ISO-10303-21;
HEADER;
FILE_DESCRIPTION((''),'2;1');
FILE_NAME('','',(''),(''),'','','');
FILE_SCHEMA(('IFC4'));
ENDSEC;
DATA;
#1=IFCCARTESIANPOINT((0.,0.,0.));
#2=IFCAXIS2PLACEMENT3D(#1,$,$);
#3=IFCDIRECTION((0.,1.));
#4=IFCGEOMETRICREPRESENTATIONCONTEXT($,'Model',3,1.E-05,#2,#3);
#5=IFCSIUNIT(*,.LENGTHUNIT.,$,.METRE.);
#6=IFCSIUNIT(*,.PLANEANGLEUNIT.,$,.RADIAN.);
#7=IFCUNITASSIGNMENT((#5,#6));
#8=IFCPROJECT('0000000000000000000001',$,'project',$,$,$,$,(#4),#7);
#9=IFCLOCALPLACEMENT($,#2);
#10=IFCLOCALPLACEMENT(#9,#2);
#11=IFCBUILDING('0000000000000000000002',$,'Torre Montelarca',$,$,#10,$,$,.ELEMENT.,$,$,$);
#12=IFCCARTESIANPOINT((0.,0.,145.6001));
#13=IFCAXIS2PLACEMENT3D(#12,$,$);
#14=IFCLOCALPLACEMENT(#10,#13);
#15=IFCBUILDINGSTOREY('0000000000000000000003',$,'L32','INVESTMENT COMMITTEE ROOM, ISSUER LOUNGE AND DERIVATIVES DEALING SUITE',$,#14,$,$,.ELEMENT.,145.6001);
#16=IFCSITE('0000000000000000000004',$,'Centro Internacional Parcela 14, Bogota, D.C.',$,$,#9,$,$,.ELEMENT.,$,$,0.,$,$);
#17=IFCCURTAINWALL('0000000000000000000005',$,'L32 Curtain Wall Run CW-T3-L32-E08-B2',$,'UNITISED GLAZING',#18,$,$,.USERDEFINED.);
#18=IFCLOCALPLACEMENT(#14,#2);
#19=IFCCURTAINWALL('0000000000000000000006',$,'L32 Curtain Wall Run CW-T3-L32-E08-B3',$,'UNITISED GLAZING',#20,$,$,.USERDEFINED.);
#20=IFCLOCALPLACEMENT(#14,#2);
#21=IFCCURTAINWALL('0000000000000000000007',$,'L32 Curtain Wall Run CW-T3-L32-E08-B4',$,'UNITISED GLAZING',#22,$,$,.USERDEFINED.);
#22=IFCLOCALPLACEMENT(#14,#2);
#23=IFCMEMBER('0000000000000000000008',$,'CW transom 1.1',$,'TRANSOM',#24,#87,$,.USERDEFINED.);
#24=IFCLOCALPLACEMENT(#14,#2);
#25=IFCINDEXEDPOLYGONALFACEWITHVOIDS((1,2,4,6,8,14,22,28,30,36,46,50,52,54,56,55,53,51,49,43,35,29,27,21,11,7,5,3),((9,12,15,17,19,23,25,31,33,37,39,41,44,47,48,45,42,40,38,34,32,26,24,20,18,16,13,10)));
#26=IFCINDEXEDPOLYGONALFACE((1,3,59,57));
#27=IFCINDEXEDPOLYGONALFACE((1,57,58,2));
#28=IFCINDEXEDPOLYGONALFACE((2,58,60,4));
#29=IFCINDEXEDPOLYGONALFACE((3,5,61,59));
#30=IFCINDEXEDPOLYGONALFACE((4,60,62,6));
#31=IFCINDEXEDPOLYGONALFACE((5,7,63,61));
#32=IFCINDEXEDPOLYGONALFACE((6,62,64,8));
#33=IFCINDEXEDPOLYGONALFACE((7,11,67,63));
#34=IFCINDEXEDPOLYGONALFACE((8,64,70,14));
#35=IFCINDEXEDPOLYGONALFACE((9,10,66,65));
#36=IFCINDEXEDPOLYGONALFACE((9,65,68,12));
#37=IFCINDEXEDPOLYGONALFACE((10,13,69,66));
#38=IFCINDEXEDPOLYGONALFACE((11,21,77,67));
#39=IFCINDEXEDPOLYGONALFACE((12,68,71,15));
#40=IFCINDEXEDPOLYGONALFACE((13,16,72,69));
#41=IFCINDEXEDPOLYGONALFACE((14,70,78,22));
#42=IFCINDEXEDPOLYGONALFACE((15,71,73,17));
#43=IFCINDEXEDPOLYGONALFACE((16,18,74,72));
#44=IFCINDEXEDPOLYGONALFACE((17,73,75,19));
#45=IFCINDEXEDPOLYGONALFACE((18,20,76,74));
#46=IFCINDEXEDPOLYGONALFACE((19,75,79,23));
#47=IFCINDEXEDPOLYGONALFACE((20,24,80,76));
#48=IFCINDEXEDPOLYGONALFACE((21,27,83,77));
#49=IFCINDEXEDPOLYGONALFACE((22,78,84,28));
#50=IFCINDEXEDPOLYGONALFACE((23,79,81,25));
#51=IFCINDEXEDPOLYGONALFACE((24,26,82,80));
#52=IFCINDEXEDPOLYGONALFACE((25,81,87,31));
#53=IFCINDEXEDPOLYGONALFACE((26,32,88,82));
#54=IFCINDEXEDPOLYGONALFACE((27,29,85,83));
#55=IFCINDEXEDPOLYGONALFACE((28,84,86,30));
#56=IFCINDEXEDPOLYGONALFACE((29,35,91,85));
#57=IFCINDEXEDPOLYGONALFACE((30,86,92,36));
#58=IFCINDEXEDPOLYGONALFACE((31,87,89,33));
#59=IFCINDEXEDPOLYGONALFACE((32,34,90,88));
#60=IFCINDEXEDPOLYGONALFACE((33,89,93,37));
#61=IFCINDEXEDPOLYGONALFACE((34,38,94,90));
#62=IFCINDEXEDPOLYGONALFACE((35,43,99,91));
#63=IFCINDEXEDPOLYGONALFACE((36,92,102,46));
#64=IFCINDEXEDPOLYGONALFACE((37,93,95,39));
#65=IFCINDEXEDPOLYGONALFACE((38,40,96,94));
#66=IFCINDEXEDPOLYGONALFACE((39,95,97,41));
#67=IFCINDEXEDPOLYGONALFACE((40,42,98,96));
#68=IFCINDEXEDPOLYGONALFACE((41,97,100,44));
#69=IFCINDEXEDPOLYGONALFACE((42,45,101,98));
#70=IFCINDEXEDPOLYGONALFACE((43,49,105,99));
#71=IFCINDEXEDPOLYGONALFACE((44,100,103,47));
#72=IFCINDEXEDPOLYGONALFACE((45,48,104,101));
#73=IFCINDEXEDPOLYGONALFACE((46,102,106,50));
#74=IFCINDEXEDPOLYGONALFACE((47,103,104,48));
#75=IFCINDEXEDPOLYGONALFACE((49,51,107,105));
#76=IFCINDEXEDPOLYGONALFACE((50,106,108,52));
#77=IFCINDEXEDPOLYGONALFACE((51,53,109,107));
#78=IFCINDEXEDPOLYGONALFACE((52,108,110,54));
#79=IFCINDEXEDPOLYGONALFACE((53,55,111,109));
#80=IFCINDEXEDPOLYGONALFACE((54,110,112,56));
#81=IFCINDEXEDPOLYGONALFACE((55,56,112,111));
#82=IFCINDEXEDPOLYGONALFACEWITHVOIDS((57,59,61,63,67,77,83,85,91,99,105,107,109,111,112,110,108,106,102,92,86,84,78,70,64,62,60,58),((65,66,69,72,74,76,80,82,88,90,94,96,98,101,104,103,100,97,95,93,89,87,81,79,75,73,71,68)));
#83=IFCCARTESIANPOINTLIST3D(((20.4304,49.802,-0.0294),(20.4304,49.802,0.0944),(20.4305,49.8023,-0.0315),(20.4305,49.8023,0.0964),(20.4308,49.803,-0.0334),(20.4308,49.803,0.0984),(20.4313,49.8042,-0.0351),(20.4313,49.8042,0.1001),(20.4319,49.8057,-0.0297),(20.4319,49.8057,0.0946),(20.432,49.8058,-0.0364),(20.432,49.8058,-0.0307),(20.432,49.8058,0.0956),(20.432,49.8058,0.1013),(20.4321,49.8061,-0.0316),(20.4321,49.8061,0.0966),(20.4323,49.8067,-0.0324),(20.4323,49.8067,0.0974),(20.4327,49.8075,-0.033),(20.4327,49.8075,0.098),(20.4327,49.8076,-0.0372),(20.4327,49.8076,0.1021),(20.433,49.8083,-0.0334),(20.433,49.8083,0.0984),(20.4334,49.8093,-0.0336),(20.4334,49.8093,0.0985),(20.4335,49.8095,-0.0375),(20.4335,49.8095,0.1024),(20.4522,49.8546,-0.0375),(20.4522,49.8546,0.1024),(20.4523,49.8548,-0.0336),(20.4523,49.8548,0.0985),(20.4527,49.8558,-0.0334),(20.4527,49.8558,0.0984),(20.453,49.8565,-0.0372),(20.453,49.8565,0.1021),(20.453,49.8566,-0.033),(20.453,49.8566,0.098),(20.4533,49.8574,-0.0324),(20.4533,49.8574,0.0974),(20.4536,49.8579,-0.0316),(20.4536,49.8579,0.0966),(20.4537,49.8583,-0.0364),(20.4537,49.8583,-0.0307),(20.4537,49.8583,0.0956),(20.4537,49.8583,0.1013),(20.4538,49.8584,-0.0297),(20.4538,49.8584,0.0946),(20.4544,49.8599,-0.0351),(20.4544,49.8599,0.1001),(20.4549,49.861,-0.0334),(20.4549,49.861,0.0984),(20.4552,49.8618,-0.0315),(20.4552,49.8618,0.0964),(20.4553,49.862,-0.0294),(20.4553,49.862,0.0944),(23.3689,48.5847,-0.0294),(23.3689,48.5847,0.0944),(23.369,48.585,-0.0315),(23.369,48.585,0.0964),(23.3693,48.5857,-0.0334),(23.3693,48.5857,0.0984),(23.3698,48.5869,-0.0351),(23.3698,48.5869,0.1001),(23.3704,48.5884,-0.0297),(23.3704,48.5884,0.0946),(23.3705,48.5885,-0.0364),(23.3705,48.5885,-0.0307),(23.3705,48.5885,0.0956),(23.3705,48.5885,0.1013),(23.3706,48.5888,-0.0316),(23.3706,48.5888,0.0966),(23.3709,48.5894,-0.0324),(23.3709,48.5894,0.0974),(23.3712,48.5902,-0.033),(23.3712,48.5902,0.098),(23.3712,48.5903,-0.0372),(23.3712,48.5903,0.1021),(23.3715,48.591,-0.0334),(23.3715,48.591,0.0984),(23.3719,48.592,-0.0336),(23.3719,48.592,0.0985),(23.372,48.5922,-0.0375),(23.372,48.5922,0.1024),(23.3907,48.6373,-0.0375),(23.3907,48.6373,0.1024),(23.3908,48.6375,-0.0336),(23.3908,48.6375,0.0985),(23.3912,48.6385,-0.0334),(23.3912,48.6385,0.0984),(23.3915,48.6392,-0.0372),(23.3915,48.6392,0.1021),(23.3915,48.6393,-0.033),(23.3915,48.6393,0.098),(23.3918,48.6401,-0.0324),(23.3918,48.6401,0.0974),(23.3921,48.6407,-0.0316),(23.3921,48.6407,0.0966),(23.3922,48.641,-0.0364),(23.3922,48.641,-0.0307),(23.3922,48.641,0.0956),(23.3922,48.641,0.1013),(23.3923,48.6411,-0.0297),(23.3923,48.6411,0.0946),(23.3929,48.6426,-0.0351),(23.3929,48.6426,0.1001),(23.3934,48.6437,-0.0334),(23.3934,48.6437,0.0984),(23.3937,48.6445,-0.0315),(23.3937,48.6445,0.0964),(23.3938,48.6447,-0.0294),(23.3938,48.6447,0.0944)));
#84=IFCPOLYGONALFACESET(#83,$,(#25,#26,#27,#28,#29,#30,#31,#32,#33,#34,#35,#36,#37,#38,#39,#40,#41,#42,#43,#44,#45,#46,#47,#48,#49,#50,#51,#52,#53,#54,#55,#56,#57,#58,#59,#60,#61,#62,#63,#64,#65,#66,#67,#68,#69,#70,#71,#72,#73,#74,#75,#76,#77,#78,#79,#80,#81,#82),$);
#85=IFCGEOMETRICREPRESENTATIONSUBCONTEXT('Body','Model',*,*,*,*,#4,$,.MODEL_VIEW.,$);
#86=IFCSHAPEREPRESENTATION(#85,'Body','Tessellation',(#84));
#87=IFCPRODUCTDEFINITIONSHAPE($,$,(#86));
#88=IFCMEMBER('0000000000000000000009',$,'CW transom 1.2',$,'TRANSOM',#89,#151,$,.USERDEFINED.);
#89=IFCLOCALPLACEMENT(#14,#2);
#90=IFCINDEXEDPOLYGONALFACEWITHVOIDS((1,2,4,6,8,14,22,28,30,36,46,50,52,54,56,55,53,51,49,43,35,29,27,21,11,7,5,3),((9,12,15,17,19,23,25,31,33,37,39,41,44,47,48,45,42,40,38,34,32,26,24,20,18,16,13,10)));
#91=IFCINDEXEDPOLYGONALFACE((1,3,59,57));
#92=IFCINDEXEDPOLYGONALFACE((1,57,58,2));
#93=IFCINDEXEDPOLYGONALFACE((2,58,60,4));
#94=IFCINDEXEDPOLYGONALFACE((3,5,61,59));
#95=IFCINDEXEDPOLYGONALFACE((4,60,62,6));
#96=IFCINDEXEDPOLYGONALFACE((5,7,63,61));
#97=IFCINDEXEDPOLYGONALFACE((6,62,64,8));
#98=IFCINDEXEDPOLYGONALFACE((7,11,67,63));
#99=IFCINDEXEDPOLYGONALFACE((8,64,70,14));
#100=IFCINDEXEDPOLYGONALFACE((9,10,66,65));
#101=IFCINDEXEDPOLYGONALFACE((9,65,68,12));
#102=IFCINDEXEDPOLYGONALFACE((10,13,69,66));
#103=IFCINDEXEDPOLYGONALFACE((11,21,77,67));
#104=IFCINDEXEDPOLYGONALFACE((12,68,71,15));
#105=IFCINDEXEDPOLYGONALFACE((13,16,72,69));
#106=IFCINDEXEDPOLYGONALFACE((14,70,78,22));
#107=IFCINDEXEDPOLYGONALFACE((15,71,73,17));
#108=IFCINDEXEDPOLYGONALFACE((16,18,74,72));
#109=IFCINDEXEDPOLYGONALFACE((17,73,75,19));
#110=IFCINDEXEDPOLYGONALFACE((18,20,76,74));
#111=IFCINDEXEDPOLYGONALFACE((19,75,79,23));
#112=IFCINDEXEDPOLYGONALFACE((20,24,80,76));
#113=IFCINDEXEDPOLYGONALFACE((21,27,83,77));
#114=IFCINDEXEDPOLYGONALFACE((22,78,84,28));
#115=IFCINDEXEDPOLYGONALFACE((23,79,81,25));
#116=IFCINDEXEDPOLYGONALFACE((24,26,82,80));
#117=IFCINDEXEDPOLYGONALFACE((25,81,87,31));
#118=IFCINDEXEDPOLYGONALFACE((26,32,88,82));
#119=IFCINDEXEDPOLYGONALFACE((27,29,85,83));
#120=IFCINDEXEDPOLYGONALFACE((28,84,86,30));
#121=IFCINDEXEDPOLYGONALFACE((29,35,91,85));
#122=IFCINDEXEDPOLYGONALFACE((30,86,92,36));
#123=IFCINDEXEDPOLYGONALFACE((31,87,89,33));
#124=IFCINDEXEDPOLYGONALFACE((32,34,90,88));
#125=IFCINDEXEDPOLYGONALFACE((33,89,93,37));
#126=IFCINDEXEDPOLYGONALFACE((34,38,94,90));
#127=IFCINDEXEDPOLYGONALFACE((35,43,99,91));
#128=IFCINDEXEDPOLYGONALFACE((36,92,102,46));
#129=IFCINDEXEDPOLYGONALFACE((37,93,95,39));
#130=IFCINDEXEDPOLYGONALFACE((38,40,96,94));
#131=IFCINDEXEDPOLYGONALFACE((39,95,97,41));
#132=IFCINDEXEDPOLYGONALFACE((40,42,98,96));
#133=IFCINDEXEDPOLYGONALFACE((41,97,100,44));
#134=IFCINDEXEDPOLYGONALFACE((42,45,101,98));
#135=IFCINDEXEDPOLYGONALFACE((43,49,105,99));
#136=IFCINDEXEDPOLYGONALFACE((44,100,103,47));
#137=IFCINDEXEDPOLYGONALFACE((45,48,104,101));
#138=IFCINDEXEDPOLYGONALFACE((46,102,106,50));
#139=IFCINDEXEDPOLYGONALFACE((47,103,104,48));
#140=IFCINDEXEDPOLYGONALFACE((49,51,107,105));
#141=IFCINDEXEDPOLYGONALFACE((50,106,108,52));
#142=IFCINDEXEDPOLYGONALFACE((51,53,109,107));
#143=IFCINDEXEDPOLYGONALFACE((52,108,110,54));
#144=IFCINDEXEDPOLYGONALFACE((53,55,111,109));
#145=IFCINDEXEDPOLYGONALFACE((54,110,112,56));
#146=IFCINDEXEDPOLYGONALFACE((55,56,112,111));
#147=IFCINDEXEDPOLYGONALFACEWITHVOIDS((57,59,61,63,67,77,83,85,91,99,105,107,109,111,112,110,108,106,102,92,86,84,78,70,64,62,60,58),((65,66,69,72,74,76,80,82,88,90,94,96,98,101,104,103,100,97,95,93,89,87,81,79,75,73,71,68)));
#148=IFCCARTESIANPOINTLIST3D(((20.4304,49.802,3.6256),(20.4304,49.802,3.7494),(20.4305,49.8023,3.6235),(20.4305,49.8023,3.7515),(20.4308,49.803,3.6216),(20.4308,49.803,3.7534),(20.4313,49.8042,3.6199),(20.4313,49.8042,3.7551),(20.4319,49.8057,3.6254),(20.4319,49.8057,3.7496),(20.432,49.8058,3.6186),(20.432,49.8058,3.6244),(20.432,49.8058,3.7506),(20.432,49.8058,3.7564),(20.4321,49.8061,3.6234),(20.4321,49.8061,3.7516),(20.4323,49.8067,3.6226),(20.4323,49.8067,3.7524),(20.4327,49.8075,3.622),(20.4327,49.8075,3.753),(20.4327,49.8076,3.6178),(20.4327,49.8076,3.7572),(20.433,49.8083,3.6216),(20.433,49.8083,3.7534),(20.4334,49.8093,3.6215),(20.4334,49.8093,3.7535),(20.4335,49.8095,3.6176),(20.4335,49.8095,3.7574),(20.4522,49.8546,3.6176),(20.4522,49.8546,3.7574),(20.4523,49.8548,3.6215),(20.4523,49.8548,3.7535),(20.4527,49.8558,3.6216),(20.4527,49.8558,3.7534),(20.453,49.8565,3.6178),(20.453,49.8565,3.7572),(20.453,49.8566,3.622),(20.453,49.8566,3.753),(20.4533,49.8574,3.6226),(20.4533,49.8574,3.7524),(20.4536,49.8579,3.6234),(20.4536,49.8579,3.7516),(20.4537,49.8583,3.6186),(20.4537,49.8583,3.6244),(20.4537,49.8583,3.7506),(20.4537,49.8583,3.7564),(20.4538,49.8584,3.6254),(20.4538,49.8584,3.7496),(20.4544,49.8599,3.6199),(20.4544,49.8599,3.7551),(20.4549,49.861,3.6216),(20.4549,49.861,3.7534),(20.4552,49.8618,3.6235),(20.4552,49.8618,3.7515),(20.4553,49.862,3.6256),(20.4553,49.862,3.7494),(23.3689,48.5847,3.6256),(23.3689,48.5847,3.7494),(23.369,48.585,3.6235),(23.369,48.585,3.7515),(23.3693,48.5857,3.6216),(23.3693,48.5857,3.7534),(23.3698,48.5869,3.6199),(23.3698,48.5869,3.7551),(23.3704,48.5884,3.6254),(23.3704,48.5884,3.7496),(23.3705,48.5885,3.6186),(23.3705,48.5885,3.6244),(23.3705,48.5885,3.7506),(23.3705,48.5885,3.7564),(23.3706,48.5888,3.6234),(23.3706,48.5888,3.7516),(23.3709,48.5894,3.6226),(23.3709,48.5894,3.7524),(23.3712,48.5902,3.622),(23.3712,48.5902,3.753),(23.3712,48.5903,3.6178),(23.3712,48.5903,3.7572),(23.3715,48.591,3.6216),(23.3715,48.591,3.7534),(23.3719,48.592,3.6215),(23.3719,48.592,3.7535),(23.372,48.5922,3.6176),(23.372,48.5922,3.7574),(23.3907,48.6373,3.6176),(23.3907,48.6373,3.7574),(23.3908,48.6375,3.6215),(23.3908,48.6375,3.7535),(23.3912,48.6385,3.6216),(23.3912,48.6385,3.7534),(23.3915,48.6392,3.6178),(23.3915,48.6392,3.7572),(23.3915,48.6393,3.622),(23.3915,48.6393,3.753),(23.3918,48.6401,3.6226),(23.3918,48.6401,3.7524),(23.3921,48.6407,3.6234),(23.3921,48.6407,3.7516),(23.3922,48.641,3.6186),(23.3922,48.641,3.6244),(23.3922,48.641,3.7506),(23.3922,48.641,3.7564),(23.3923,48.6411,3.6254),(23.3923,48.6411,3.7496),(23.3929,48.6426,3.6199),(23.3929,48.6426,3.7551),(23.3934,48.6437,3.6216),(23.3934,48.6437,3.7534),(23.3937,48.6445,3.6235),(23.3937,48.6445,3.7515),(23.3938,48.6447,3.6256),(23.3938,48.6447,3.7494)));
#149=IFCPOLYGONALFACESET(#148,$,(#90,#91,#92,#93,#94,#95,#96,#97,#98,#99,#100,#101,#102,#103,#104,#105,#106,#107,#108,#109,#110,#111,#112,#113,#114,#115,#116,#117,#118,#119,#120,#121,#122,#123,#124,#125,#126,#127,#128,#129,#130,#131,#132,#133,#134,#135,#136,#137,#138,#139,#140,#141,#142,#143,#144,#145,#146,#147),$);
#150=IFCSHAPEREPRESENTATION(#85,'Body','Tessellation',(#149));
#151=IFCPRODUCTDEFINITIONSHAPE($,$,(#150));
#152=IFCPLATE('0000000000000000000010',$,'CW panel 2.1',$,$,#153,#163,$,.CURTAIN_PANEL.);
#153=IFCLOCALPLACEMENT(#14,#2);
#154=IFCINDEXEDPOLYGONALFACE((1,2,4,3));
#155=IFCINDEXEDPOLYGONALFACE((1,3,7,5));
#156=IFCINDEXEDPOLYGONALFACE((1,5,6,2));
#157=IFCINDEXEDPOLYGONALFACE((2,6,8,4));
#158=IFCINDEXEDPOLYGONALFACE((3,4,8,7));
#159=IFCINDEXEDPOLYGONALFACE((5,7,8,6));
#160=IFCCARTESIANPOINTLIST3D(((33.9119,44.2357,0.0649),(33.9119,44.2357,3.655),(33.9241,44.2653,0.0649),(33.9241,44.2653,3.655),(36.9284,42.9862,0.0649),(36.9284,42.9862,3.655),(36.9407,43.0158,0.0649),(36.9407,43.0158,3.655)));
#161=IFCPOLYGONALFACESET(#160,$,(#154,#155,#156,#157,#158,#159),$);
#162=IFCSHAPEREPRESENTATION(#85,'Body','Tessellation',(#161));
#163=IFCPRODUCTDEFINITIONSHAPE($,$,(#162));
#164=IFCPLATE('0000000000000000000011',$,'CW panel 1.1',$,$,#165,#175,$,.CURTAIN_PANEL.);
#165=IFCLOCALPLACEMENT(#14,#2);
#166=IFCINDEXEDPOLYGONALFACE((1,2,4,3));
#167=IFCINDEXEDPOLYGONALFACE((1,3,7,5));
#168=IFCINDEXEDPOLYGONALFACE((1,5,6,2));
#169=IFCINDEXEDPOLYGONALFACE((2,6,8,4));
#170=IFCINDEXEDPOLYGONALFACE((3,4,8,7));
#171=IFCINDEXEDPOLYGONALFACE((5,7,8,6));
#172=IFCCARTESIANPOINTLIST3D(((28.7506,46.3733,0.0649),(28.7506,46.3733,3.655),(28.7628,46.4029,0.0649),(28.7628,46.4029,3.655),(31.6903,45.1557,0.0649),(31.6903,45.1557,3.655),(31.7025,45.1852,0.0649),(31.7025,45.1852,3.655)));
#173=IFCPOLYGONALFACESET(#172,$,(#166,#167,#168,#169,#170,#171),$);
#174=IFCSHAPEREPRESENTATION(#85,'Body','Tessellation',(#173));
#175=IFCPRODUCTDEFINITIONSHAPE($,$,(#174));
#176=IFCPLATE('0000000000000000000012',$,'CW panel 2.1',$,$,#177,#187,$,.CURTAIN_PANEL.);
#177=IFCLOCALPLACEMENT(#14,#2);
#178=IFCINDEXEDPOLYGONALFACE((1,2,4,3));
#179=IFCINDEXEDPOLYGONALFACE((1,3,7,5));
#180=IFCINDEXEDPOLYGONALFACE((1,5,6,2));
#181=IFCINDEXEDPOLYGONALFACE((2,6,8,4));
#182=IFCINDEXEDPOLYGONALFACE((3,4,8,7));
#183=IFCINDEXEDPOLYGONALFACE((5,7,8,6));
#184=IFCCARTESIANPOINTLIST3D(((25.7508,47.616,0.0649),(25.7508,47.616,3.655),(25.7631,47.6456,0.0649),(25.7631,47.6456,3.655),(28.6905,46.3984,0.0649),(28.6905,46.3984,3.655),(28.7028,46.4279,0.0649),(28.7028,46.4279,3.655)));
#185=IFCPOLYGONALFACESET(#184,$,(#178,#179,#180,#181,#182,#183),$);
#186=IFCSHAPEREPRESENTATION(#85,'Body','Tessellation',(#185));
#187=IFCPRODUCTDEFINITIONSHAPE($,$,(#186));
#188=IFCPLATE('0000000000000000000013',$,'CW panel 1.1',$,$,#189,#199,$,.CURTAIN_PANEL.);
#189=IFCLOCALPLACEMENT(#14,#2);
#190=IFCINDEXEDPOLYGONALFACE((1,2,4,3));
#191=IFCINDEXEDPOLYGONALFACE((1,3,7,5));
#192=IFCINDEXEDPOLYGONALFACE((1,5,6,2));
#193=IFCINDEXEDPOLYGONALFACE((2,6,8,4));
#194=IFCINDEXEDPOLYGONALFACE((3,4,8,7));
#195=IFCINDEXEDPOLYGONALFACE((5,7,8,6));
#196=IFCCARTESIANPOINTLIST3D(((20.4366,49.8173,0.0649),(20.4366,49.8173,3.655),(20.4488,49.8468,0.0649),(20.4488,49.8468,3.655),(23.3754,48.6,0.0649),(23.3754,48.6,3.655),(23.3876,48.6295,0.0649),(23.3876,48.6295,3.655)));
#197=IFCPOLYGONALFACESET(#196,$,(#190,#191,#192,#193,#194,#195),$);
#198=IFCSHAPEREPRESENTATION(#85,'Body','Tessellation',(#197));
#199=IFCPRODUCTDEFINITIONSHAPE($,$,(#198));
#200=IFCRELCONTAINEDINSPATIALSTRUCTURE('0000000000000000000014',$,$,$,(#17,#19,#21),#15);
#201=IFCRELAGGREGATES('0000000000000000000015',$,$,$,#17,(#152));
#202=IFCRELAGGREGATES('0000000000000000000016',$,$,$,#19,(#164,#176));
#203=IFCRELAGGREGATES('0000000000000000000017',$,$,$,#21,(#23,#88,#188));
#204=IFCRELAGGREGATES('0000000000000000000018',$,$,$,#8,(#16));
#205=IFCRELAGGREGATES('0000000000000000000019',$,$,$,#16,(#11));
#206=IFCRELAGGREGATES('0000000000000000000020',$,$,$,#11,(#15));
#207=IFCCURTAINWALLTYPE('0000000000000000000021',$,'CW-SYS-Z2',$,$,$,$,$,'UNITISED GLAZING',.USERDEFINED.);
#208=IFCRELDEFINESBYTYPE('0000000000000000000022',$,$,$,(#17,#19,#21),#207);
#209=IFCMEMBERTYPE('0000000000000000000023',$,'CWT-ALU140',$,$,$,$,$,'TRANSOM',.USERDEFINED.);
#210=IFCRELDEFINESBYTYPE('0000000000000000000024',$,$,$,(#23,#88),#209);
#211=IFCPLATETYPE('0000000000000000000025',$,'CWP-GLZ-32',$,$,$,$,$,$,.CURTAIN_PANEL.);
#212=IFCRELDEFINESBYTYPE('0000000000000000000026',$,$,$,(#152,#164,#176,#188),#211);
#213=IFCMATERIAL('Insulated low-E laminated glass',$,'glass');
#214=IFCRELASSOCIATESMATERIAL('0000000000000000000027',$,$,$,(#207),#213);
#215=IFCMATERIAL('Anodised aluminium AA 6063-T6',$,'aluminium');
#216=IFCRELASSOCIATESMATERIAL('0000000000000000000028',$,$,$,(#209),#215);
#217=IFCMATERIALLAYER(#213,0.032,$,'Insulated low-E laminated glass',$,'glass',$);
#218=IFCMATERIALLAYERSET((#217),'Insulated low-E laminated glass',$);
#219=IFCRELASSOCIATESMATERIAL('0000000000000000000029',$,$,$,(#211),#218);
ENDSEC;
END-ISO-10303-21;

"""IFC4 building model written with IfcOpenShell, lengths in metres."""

from ifc_helpers import new_model, si_unit, direction, frame, origin, origin_2d, place, context, subcontext, project, spatial, rectangle, hollow_rectangle, extrude, source, transform, mapped, material, layer, layer_set, material_profile, profile_set, type_object, element, aggregate, save


model = new_model("IFC4")

# Units and contexts
model_context = context("Model", 3, precision=1e-05, world=origin(), true_north=direction((0.0, 1.0)))
body_context = subcontext(model_context, "Body", "Model", "MODEL_VIEW")
ifc_project = project(units=[si_unit("LENGTHUNIT", "METRE"), si_unit("PLANEANGLEUNIT", "RADIAN")], contexts=[model_context])

# Site, building, storey
site_placement = place(None, origin())
site = spatial("IfcSite", under=ifc_project, at=site_placement, Name="Centro Internacional Parcela 14, Bogota, D.C.", CompositionType="ELEMENT", RefElevation=0.0)
building_placement = place(site_placement, origin())
building = spatial("IfcBuilding", under=site, at=building_placement, Name="Torre Montelarca", CompositionType="ELEMENT")
storey_placement = place(building_placement, frame((0.0, 0.0, 145.6001)))
storey = spatial("IfcBuildingStorey", under=building, at=storey_placement, Name="L32", Description="INVESTMENT COMMITTEE ROOM, ISSUER LOUNGE AND DERIVATIVES DEALING SUITE", CompositionType="ELEMENT", Elevation=145.6001)

# Curtain walls
ifc_material_1 = material(Name="Insulated low-E laminated glass", Category="glass")
curtain_wall_type = type_object("IfcCurtainWallType", Name="CW-SYS-Z2", ElementType="UNITISED GLAZING", PredefinedType="USERDEFINED", material=ifc_material_1)
curtain_wall_1_placement = place(storey_placement, origin())
curtain_wall_1 = element("IfcCurtainWall", 1, at=curtain_wall_1_placement, inside=storey, type_object=curtain_wall_type, Name="L32 Curtain Wall Run CW-T3-L32-E08-B2", ObjectType="UNITISED GLAZING", PredefinedType="USERDEFINED")
ifc_material_2 = material(Name="Anodised aluminium AA 6063-T6", Category="aluminium")
curtain_wall_2_placement = place(storey_placement, origin())
curtain_wall_2 = element("IfcCurtainWall", 2, at=curtain_wall_2_placement, inside=storey, type_object=curtain_wall_type, Name="L32 Curtain Wall Run CW-T3-L32-E08-B3", ObjectType="UNITISED GLAZING", PredefinedType="USERDEFINED")

# Curtain wall
curtain_wall_3_placement = place(storey_placement, origin())
curtain_wall_3 = element("IfcCurtainWall", 3, at=curtain_wall_3_placement, inside=storey, type_object=curtain_wall_type, Name="L32 Curtain Wall Run CW-T3-L32-E08-B4", ObjectType="UNITISED GLAZING", PredefinedType="USERDEFINED")

# Members
ifc_material_profile_1 = material_profile(ifc_material_2, hollow_rectangle(XDim=0.0649, YDim=0.1399, WallThickness=0.0039, InnerFilletRadius=0.0039, OuterFilletRadius=0.0081, at=origin_2d()), Name="ALU65X140X4", Category="aluminium")
ifc_profile_set_1 = profile_set([ifc_material_profile_1], Name="Anodised aluminium AA 6063-T6")
member_type_1 = type_object("IfcMemberType", Name="CWT-ALU140", ElementType="TRANSOM", PredefinedType="USERDEFINED", material=ifc_profile_set_1)
shared_shape_1 = source(origin(), body_context, "Body", "SweptSolid", [
    extrude(hollow_rectangle(XDim=0.0649, YDim=0.1399, WallThickness=0.0039, InnerFilletRadius=0.0039, OuterFilletRadius=0.0081, at=origin_2d()), origin(), (0.0, 0.0, 1.0), 3.1807),
])
member_1_placement = place(storey_placement, frame((23.3813, 48.6147, 0.0325), z_axis=(-0.923865, 0.382718, 0.0), x_axis=(-0.382718, -0.923865, 0.0)))
member_1 = element("IfcMember", 4, at=member_1_placement, type_object=member_type_1, Name="CW transom 1.1", ObjectType="TRANSOM", PredefinedType="USERDEFINED", context=body_context, shape_type="MappedRepresentation", body=[
    mapped(shared_shape_1, transform((0.0, 0.0, 0.0), scale=1.0)),
])
member_2_placement = place(storey_placement, frame((23.3813, 48.6147, 3.6875), z_axis=(-0.923865, 0.382718, 0.0), x_axis=(-0.382718, -0.923865, 0.0)))
member_2 = element("IfcMember", 5, at=member_2_placement, type_object=member_type_1, Name="CW transom 1.2", ObjectType="TRANSOM", PredefinedType="USERDEFINED", context=body_context, shape_type="MappedRepresentation", body=[
    mapped(shared_shape_1, transform((0.0, 0.0, 0.0), scale=1.0)),
])

# Plates
ifc_layer_1 = layer(ifc_material_1, 0.032, Name="Insulated low-E laminated glass", Category="glass")
ifc_layer_set_1 = layer_set([ifc_layer_1], Name="Insulated low-E laminated glass")
plate_type = type_object("IfcPlateType", Name="CWP-GLZ-32", PredefinedType="CURTAIN_PANEL", material=ifc_layer_set_1)
shared_shape_2 = source(origin(), body_context, "Body", "SweptSolid", [
    extrude(rectangle(XDim=3.2651, YDim=0.032, at=origin_2d()), origin(), (0.0, 0.0, 1.0), 3.5901),
])
plate_1_placement = place(storey_placement, frame((35.4263, 43.6257, 0.0649), z_axis=(0.0, 0.0, 1.0), x_axis=(-0.92388, 0.382681, 0.0)))
plate_1 = element("IfcPlate", 6, at=plate_1_placement, type_object=plate_type, Name="CW panel 2.1", PredefinedType="CURTAIN_PANEL", context=body_context, shape_type="MappedRepresentation", body=[
    mapped(shared_shape_2, transform((0.0, 0.0, 0.0), scale=1.0)),
])
aggregate(curtain_wall_1, [plate_1])
shared_shape_3 = source(origin(), body_context, "Body", "SweptSolid", [
    extrude(rectangle(XDim=3.1819, YDim=0.032, at=origin_2d()), origin(), (0.0, 0.0, 1.0), 3.5901),
])
plate_2_placement = place(storey_placement, frame((30.2266, 45.7793, 0.0649), z_axis=(0.0, 0.0, 1.0), x_axis=(-0.923881, 0.38268, 0.0)))
plate_2 = element("IfcPlate", 7, at=plate_2_placement, type_object=plate_type, Name="CW panel 1.1", PredefinedType="CURTAIN_PANEL", context=body_context, shape_type="MappedRepresentation", body=[
    mapped(shared_shape_3, transform((0.0, 0.0, 0.0), scale=1.0)),
])
plate_3_placement = place(storey_placement, frame((27.2268, 47.022, 0.0649), z_axis=(0.0, 0.0, 1.0), x_axis=(-0.923881, 0.38268, 0.0)))
plate_3 = element("IfcPlate", 8, at=plate_3_placement, type_object=plate_type, Name="CW panel 2.1", PredefinedType="CURTAIN_PANEL", context=body_context, shape_type="MappedRepresentation", body=[
    mapped(shared_shape_3, transform((0.0, 0.0, 0.0), scale=1.0)),
])
aggregate(curtain_wall_2, [plate_2, plate_3])
shared_shape_4 = source(origin(), body_context, "Body", "SweptSolid", [
    extrude(rectangle(XDim=3.1809, YDim=0.032, at=origin_2d()), origin(), (0.0, 0.0, 1.0), 3.5901),
])
plate_4_placement = place(storey_placement, frame((21.9121, 49.2234, 0.0649), z_axis=(0.0, 0.0, 1.0), x_axis=(-0.923879, 0.382684, 0.0)))
plate_4 = element("IfcPlate", 9, at=plate_4_placement, type_object=plate_type, Name="CW panel 1.1", PredefinedType="CURTAIN_PANEL", context=body_context, shape_type="MappedRepresentation", body=[
    mapped(shared_shape_4, transform((0.0, 0.0, 0.0), scale=1.0)),
])
aggregate(curtain_wall_3, [member_1, member_2, plate_4])

save(model, "model.ifc")
